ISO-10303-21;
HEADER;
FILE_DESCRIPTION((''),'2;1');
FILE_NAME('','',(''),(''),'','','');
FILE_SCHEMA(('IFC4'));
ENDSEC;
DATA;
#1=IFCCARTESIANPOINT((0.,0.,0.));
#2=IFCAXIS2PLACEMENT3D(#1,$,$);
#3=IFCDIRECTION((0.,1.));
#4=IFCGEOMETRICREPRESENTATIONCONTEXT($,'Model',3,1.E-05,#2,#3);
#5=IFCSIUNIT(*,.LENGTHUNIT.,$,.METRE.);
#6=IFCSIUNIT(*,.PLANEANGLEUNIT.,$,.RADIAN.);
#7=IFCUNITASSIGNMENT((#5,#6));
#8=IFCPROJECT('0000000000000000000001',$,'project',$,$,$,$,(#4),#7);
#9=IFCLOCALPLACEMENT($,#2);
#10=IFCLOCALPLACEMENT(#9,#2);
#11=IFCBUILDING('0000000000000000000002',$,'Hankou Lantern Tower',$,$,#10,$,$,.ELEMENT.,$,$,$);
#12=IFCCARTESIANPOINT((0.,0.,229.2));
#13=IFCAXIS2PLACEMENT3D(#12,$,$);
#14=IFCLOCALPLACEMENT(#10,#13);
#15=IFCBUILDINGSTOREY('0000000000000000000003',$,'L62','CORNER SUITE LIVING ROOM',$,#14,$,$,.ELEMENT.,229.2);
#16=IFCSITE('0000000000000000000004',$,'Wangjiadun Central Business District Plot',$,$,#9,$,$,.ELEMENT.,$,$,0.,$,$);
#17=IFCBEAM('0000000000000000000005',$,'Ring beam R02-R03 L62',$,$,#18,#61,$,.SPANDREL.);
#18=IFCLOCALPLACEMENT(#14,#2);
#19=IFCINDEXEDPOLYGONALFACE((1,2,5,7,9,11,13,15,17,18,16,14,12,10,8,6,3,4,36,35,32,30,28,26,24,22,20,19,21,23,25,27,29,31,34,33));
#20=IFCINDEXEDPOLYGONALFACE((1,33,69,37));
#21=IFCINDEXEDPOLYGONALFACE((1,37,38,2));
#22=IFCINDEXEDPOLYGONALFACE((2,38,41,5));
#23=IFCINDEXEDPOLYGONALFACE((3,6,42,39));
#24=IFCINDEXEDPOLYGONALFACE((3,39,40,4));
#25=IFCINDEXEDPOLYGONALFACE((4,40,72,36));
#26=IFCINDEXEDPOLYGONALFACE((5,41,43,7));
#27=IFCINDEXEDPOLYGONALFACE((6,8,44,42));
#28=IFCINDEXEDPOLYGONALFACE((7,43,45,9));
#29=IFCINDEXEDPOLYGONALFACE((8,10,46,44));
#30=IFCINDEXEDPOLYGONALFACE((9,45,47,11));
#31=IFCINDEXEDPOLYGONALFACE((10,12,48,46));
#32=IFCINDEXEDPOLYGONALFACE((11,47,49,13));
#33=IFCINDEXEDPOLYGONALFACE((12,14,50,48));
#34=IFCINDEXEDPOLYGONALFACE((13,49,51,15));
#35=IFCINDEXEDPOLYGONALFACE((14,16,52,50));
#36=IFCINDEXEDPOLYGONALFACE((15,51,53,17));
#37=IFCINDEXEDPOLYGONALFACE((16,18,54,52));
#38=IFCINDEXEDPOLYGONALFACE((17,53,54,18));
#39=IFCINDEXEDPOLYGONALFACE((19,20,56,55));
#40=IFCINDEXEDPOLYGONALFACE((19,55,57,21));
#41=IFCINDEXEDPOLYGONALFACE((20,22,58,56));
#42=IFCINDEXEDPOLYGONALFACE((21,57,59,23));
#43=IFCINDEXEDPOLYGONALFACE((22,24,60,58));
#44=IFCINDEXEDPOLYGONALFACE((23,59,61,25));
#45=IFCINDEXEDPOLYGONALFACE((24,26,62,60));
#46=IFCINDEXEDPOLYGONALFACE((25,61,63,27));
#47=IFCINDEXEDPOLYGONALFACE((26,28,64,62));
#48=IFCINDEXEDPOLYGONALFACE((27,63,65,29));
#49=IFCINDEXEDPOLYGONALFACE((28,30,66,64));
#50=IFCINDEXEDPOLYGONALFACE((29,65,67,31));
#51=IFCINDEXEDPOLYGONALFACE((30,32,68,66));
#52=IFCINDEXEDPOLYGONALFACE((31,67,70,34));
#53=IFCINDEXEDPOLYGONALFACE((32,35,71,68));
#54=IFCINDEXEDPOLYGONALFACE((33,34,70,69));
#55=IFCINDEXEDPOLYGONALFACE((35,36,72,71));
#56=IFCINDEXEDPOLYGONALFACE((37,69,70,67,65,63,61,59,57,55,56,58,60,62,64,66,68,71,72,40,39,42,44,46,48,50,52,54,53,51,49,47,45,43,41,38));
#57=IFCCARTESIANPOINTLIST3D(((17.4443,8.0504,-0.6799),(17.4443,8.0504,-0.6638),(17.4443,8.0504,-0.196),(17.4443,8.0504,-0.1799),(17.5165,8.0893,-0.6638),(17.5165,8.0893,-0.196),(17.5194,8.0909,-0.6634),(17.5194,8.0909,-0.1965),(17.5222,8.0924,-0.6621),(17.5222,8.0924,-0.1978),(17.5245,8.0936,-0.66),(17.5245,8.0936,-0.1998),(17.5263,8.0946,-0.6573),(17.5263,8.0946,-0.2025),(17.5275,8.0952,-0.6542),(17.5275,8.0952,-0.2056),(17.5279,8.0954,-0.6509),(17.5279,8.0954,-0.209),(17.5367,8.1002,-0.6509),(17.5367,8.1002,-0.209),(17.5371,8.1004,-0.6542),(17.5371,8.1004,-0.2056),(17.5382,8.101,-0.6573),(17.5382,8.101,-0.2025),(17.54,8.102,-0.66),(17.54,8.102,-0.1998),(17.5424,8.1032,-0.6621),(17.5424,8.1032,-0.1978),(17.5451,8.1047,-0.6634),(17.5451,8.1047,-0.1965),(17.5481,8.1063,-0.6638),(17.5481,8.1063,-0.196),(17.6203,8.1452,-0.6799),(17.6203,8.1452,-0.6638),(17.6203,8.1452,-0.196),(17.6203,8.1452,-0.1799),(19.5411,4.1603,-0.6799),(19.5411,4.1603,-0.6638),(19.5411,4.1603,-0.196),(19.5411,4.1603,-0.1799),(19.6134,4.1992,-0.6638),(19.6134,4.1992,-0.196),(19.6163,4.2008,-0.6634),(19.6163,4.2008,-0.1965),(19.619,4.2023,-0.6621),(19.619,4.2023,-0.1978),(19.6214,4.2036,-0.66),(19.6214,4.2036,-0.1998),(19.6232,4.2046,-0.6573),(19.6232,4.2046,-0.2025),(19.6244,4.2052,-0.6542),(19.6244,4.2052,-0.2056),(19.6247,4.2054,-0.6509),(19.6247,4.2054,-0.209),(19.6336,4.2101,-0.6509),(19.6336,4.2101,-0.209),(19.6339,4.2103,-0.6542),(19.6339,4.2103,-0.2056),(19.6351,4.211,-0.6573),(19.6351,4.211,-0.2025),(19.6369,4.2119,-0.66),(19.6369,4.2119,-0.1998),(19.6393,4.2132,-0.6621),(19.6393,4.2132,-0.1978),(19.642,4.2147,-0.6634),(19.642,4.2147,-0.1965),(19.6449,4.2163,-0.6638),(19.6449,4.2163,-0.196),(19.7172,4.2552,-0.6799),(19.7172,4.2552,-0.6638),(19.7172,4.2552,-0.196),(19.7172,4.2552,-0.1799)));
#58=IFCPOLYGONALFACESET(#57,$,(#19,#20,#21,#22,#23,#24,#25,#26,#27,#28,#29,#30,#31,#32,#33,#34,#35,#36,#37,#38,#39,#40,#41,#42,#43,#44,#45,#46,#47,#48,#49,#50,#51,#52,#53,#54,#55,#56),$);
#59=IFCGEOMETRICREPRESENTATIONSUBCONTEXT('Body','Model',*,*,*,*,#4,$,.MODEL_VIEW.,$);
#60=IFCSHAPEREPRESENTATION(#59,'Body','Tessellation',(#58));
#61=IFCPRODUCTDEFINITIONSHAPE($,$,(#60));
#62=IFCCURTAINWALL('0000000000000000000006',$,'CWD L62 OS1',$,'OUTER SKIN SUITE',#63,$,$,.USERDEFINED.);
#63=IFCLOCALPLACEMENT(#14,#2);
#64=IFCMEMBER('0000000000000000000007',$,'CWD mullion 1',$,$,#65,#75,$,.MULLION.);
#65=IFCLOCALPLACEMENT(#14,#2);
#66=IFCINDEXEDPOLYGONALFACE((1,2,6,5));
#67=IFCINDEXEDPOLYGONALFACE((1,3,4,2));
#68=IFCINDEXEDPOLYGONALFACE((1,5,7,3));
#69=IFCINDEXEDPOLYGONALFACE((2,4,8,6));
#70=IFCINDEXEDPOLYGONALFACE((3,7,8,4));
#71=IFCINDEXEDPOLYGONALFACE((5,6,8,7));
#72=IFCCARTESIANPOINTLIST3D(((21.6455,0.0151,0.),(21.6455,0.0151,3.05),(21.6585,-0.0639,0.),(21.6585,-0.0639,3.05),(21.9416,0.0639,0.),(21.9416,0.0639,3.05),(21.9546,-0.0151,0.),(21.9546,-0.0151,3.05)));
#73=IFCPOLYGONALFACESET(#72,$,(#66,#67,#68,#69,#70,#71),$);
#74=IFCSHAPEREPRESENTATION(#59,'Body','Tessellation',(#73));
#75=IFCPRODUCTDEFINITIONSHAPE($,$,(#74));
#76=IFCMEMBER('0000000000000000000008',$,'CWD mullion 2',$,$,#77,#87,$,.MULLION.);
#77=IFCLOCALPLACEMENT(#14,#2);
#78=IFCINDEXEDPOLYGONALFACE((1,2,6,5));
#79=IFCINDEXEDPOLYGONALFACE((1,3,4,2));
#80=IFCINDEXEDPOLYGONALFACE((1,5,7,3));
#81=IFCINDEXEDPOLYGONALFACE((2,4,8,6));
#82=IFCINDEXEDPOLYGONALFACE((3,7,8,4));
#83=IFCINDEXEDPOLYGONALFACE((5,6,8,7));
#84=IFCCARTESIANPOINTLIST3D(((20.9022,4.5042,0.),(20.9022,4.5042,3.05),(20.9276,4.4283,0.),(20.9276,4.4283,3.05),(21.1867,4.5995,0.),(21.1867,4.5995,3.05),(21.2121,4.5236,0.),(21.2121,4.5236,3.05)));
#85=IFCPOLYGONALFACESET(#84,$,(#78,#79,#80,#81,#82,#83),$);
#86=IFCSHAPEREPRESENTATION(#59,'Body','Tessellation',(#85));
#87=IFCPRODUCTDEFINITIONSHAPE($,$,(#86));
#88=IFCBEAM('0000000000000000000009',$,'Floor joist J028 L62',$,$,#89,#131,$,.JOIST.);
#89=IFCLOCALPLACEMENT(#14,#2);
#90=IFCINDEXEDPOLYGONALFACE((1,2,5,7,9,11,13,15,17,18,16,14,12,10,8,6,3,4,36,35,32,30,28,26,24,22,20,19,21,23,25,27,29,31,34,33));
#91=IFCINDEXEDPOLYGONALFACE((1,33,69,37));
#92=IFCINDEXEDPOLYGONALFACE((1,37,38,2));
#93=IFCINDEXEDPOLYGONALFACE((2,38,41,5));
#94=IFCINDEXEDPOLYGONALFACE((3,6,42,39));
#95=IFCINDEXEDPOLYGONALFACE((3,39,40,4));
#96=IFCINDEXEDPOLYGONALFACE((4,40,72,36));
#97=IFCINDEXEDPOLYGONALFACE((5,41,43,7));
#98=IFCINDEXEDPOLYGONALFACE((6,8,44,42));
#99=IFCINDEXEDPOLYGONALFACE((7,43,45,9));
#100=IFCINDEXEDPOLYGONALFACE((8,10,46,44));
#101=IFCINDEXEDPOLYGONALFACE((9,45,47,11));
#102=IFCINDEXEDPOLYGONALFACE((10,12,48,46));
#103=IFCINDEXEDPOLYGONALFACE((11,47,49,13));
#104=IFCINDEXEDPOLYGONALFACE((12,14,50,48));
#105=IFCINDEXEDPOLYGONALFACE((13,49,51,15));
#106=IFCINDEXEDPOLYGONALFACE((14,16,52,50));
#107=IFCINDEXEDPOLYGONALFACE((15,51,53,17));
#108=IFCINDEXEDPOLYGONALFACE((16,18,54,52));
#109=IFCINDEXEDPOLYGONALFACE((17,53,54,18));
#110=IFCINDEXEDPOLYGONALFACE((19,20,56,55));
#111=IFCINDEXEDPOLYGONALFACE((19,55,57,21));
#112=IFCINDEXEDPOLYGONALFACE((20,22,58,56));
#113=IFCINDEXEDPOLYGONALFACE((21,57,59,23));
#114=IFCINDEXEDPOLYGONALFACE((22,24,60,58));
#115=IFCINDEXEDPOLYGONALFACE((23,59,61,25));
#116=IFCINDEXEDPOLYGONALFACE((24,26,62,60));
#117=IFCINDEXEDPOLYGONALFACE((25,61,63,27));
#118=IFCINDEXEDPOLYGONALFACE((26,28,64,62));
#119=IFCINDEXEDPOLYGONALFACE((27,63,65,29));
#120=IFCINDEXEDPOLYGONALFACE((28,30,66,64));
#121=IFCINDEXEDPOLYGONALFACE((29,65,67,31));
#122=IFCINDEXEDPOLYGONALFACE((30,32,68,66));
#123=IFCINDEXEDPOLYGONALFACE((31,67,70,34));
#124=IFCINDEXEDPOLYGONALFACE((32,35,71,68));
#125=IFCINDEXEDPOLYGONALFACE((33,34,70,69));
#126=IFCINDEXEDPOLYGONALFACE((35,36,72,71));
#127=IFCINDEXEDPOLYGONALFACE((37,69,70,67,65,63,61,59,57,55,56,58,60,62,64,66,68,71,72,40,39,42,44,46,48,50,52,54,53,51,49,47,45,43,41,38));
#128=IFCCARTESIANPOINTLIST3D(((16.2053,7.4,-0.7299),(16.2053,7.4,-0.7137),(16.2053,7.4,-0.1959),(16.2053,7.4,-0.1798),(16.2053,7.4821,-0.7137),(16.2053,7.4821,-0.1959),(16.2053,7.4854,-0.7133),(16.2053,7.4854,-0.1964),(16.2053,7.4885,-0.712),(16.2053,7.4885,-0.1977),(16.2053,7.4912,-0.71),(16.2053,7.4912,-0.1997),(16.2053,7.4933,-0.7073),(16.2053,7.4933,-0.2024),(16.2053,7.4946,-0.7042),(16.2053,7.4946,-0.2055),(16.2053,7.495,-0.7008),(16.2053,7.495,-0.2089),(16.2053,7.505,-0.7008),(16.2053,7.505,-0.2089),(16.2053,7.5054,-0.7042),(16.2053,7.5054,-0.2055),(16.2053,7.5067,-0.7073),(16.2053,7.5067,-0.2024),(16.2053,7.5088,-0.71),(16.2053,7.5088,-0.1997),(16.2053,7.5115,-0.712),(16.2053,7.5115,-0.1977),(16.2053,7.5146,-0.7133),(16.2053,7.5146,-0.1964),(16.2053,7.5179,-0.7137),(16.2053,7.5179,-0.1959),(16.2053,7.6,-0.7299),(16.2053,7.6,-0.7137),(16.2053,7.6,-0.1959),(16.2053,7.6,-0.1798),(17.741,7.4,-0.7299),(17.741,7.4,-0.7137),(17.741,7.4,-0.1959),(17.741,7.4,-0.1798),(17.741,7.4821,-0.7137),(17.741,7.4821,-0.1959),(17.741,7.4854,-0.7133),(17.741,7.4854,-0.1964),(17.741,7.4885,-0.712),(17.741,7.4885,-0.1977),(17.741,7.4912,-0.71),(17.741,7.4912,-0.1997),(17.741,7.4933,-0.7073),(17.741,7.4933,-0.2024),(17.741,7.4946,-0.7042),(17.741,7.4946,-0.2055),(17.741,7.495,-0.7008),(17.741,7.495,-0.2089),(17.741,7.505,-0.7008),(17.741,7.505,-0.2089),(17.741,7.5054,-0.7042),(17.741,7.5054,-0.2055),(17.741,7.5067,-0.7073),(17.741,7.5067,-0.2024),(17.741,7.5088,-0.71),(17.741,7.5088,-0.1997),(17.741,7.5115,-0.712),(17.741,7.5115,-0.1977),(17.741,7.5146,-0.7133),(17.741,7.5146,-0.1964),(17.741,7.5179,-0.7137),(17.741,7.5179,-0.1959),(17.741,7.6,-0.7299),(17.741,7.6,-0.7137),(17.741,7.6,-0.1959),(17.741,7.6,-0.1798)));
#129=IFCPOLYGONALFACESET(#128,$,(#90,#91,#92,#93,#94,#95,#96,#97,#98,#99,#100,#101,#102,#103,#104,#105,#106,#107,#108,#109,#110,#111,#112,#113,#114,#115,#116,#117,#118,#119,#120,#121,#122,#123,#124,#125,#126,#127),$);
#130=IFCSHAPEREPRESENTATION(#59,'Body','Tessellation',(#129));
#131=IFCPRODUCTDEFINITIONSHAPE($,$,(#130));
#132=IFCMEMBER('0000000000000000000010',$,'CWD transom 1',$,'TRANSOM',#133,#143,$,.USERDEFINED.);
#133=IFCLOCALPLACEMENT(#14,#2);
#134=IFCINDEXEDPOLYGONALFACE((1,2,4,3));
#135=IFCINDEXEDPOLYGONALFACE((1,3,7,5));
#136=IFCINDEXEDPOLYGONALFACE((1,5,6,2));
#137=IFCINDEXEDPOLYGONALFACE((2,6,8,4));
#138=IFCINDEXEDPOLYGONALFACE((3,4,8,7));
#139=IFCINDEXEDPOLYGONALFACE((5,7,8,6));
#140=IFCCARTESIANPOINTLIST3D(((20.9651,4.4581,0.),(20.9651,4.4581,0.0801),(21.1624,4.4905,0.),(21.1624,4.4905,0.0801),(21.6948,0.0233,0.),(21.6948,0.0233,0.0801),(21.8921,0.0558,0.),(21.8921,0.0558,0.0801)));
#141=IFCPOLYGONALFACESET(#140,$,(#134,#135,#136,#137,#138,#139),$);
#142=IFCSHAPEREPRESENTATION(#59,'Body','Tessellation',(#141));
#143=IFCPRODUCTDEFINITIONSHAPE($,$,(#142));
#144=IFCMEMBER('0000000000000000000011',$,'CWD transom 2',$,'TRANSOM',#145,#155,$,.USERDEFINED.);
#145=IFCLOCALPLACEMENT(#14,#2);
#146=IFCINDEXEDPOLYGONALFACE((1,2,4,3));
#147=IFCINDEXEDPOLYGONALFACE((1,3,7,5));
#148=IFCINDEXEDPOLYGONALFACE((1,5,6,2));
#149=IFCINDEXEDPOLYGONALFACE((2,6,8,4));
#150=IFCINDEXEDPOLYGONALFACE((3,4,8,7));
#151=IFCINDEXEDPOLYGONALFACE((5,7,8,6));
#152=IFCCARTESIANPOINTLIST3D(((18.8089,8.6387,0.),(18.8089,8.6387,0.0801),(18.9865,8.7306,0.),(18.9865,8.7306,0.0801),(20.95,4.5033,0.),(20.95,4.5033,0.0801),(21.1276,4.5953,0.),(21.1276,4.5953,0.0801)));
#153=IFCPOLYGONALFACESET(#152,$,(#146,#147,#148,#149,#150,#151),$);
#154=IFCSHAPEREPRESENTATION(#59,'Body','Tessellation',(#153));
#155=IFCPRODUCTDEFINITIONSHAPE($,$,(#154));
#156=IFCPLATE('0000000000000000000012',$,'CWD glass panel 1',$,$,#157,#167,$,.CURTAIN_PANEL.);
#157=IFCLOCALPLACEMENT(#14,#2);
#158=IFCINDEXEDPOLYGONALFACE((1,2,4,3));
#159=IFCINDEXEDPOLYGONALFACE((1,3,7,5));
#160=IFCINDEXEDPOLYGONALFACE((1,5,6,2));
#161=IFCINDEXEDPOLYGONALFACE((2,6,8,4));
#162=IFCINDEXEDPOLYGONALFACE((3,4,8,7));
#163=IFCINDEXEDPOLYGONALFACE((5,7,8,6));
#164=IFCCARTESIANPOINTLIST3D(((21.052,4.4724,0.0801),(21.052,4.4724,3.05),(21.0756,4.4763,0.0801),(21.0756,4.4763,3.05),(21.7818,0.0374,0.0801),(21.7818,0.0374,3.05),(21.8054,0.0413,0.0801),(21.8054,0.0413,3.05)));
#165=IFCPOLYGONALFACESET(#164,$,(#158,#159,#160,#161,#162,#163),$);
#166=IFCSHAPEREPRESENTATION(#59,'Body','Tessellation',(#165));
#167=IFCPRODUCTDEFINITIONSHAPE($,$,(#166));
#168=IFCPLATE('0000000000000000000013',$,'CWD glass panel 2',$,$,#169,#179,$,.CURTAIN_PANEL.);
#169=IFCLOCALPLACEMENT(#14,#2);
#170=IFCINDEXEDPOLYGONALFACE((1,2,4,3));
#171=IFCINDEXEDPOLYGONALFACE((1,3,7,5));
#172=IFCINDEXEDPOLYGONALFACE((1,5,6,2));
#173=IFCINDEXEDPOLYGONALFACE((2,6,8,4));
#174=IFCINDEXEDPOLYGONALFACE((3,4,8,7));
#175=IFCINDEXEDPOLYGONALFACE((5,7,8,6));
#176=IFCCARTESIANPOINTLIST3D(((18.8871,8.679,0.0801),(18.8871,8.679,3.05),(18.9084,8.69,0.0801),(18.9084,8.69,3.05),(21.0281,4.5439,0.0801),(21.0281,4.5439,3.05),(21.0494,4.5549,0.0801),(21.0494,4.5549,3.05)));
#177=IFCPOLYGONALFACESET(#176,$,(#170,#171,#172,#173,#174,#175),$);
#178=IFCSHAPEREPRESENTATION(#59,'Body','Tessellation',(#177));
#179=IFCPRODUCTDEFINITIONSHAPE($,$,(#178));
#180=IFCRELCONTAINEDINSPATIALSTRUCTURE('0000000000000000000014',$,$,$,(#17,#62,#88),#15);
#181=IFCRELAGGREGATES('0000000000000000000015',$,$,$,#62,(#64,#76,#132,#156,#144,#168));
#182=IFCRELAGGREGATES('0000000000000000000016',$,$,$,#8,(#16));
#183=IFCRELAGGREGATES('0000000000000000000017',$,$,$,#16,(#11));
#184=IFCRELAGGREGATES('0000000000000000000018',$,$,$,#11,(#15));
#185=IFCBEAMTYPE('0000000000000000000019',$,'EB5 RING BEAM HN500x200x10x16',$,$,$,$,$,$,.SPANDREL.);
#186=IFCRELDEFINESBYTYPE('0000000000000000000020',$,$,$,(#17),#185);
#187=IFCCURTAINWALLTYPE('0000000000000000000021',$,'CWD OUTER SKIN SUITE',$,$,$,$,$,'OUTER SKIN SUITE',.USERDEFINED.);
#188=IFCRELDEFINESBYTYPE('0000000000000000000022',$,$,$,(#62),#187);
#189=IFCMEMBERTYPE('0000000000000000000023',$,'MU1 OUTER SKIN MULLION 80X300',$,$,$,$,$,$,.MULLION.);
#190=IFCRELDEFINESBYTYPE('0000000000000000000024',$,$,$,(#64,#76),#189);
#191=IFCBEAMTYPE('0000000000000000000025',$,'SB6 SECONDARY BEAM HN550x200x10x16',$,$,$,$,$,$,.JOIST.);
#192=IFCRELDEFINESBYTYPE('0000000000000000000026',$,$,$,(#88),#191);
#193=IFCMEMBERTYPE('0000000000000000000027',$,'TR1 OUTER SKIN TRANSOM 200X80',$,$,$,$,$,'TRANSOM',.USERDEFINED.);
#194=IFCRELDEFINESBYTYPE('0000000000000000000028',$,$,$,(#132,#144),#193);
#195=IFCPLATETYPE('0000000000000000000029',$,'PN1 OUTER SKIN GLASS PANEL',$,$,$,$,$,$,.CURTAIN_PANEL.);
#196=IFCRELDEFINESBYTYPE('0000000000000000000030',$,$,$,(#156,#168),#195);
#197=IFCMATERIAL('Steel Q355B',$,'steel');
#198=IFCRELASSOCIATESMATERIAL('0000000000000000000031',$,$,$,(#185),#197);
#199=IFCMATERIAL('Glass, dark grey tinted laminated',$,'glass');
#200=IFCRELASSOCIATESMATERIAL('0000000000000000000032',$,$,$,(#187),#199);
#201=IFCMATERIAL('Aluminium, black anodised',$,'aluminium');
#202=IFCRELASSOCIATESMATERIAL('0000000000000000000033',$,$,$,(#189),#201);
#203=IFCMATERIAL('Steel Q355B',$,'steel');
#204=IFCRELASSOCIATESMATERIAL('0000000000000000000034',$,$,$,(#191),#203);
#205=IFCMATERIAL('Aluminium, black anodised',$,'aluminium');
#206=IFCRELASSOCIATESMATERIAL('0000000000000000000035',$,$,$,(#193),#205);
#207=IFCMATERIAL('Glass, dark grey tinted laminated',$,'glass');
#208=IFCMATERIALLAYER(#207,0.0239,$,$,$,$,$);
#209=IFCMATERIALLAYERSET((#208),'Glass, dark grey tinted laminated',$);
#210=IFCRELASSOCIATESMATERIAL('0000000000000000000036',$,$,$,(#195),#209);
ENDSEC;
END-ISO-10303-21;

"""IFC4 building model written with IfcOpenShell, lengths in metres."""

from ifc_helpers import new_model, si_unit, direction, frame, origin, origin_2d, place, context, subcontext, project, spatial, rectangle, i_section, extrude, material, layer, layer_set, material_profile, profile_set, type_object, element, aggregate, save


model = new_model("IFC4")

# Units and contexts
model_context = context("Model", 3, precision=1e-05, world=origin(), true_north=direction((0.0, 1.0)))
body_context = subcontext(model_context, "Body", "Model", "MODEL_VIEW")
ifc_project = project(units=[si_unit("LENGTHUNIT", "METRE"), si_unit("PLANEANGLEUNIT", "RADIAN")], contexts=[model_context])

# Site, building, storey
site_placement = place(None, origin())
site = spatial("IfcSite", under=ifc_project, at=site_placement, Name="Wangjiadun Central Business District Plot", CompositionType="ELEMENT", RefElevation=0.0)
building_placement = place(site_placement, origin())
building = spatial("IfcBuilding", under=site, at=building_placement, Name="Hankou Lantern Tower", CompositionType="ELEMENT")
storey_placement = place(building_placement, frame((0.0, 0.0, 229.2)))
storey = spatial("IfcBuildingStorey", under=building, at=storey_placement, Name="L62", Description="CORNER SUITE LIVING ROOM", CompositionType="ELEMENT", Elevation=229.2)

# Beam
ifc_material_1 = material(Name="Steel Q355B", Category="steel")
ifc_material_profile_1 = material_profile(ifc_material_1, i_section(OverallWidth=0.2, OverallDepth=0.5, WebThickness=0.01, FlangeThickness=0.0161, FilletRadius=0.0129, at=origin_2d()), Name="HN500x200x10x16")
ifc_profile_set_1 = profile_set([ifc_material_profile_1], Name="Steel Q355B")
beam_type_1 = type_object("IfcBeamType", Name="EB5 RING BEAM HN500x200x10x16", PredefinedType="SPANDREL", material=ifc_profile_set_1)
beam_1_placement = place(storey_placement, frame((19.6292, 4.2078, -0.4299), z_axis=(-0.474492, 0.88026, 0.0), x_axis=(-0.88026, -0.474492, 0.0)))
element("IfcBeam", 1, at=beam_1_placement, inside=storey, type_object=beam_type_1, Name="Ring beam R02-R03 L62", PredefinedType="SPANDREL", context=body_context, shape_type="SweptSolid", body=[
    extrude(i_section(OverallWidth=0.2, OverallDepth=0.5, WebThickness=0.01, FlangeThickness=0.0161, FilletRadius=0.0129, at=origin_2d()), origin(), (0.0, 0.0, 1.0), 4.4192),
])

# Curtain wall, members
ifc_material_2 = material(Name="Glass, dark grey tinted laminated", Category="glass")
curtain_wall_type = type_object("IfcCurtainWallType", Name="CWD OUTER SKIN SUITE", ElementType="OUTER SKIN SUITE", PredefinedType="USERDEFINED", material=ifc_material_2)
curtain_wall_placement = place(storey_placement, origin())
curtain_wall = element("IfcCurtainWall", 2, at=curtain_wall_placement, inside=storey, type_object=curtain_wall_type, Name="CWD L62 OS1", ObjectType="OUTER SKIN SUITE", PredefinedType="USERDEFINED")
ifc_material_3 = material(Name="Aluminium, black anodised", Category="aluminium")
ifc_material_profile_2 = material_profile(ifc_material_3, rectangle(XDim=0.0801, YDim=0.3, at=origin_2d()), Name="MU1 80X300")
ifc_profile_set_2 = profile_set([ifc_material_profile_2], Name="Aluminium, black anodised")
member_type_1 = type_object("IfcMemberType", Name="MU1 OUTER SKIN MULLION 80X300", PredefinedType="MULLION", material=ifc_profile_set_2)
member_1_placement = place(storey_placement, frame((21.8, 0.0, 0.0), z_axis=(0.0, 0.0, 1.0), x_axis=(-0.162382, 0.986728, 0.0)))
member_1 = element("IfcMember", 3, at=member_1_placement, type_object=member_type_1, Name="CWD mullion 1", PredefinedType="MULLION", context=body_context, shape_type="SweptSolid", body=[
    extrude(rectangle(XDim=0.0801, YDim=0.3, at=origin_2d()), origin(), (0.0, 0.0, 1.0), 3.05),
])
member_2_placement = place(storey_placement, frame((21.0571, 4.5139, 0.0), z_axis=(0.0, 0.0, 1.0), x_axis=(-0.317596, 0.948226, 0.0)))
member_2 = element("IfcMember", 4, at=member_2_placement, type_object=member_type_1, Name="CWD mullion 2", PredefinedType="MULLION", context=body_context, shape_type="SweptSolid", body=[
    extrude(rectangle(XDim=0.0801, YDim=0.3, at=origin_2d()), origin(), (0.0, 0.0, 1.0), 3.05),
])

# Beam
ifc_material_4 = material(Name="Steel Q355B", Category="steel")
ifc_material_profile_3 = material_profile(ifc_material_4, i_section(OverallWidth=0.2, OverallDepth=0.55, WebThickness=0.01, FlangeThickness=0.0161, FilletRadius=0.0129, at=origin_2d()), Name="HN550x200x10x16")
ifc_profile_set_3 = profile_set([ifc_material_profile_3], Name="Steel Q355B")
beam_type_2 = type_object("IfcBeamType", Name="SB6 SECONDARY BEAM HN550x200x10x16", PredefinedType="JOIST", material=ifc_profile_set_3)
beam_2_placement = place(storey_placement, frame((16.2053, 7.5, -0.4548), z_axis=(1.0, 0.0, 0.0), x_axis=(0.0, 1.0, 0.0)))
element("IfcBeam", 5, at=beam_2_placement, inside=storey, type_object=beam_type_2, Name="Floor joist J028 L62", PredefinedType="JOIST", context=body_context, shape_type="SweptSolid", body=[
    extrude(i_section(OverallWidth=0.2, OverallDepth=0.55, WebThickness=0.01, FlangeThickness=0.0161, FilletRadius=0.0129, at=origin_2d()), origin(), (0.0, 0.0, 1.0), 1.5356),
])

# Members
ifc_material_5 = material(Name="Aluminium, black anodised", Category="aluminium")
ifc_material_profile_4 = material_profile(ifc_material_5, rectangle(XDim=0.2, YDim=0.0801, at=origin_2d()), Name="TR1 200X80")
ifc_profile_set_4 = profile_set([ifc_material_profile_4], Name="Aluminium, black anodised")
member_type_2 = type_object("IfcMemberType", Name="TR1 OUTER SKIN TRANSOM 200X80", ElementType="TRANSOM", PredefinedType="USERDEFINED", material=ifc_profile_set_4)
member_3_placement = place(storey_placement, frame((21.7935, 0.0396, 0.04), z_axis=(-0.162364, 0.986731, 0.0), x_axis=(-0.986731, -0.162364, 0.0)))
member_3 = element("IfcMember", 6, at=member_3_placement, type_object=member_type_2, Name="CWD transom 1", ObjectType="TRANSOM", PredefinedType="USERDEFINED", context=body_context, shape_type="SweptSolid", body=[
    extrude(rectangle(XDim=0.2, YDim=0.0801, at=origin_2d()), origin(), (0.0, 0.0, 1.0), 4.4944),
])
member_4_placement = place(storey_placement, frame((21.0388, 4.5493, 0.04), z_axis=(-0.459794, 0.888026, 0.0), x_axis=(-0.888026, -0.459794, 0.0)))
member_4 = element("IfcMember", 7, at=member_4_placement, type_object=member_type_2, Name="CWD transom 2", ObjectType="TRANSOM", PredefinedType="USERDEFINED", context=body_context, shape_type="SweptSolid", body=[
    extrude(rectangle(XDim=0.2, YDim=0.0801, at=origin_2d()), origin(), (0.0, 0.0, 1.0), 4.6567),
])

# Plates
ifc_material_6 = material(Name="Glass, dark grey tinted laminated", Category="glass")
ifc_layer_1 = layer(ifc_material_6, 0.0239)
ifc_layer_set_1 = layer_set([ifc_layer_1], Name="Glass, dark grey tinted laminated")
plate_type = type_object("IfcPlateType", Name="PN1 OUTER SKIN GLASS PANEL", PredefinedType="CURTAIN_PANEL", material=ifc_layer_set_1)
plate_1_placement = place(storey_placement, frame((21.4287, 2.2568, 0.0801), z_axis=(0.0, 0.0, 1.0), x_axis=(-0.162382, 0.986728, 0.0)))
plate_1 = element("IfcPlate", 8, at=plate_1_placement, type_object=plate_type, Name="CWD glass panel 1", PredefinedType="CURTAIN_PANEL", context=body_context, shape_type="SweptSolid", body=[
    extrude(rectangle(XDim=4.4946, YDim=0.0239, at=origin_2d()), origin(), (0.0, 0.0, 1.0), 2.97),
])
plate_2_placement = place(storey_placement, frame((19.9683, 6.6169, 0.0801), z_axis=(0.0, 0.0, 1.0), x_axis=(-0.459791, 0.888027, 0.0)))
plate_2 = element("IfcPlate", 9, at=plate_2_placement, type_object=plate_type, Name="CWD glass panel 2", PredefinedType="CURTAIN_PANEL", context=body_context, shape_type="SweptSolid", body=[
    extrude(rectangle(XDim=4.6565, YDim=0.0239, at=origin_2d()), origin(), (0.0, 0.0, 1.0), 2.97),
])
aggregate(curtain_wall, [member_1, member_2, member_3, plate_1, member_4, plate_2])

save(model, "model.ifc")
